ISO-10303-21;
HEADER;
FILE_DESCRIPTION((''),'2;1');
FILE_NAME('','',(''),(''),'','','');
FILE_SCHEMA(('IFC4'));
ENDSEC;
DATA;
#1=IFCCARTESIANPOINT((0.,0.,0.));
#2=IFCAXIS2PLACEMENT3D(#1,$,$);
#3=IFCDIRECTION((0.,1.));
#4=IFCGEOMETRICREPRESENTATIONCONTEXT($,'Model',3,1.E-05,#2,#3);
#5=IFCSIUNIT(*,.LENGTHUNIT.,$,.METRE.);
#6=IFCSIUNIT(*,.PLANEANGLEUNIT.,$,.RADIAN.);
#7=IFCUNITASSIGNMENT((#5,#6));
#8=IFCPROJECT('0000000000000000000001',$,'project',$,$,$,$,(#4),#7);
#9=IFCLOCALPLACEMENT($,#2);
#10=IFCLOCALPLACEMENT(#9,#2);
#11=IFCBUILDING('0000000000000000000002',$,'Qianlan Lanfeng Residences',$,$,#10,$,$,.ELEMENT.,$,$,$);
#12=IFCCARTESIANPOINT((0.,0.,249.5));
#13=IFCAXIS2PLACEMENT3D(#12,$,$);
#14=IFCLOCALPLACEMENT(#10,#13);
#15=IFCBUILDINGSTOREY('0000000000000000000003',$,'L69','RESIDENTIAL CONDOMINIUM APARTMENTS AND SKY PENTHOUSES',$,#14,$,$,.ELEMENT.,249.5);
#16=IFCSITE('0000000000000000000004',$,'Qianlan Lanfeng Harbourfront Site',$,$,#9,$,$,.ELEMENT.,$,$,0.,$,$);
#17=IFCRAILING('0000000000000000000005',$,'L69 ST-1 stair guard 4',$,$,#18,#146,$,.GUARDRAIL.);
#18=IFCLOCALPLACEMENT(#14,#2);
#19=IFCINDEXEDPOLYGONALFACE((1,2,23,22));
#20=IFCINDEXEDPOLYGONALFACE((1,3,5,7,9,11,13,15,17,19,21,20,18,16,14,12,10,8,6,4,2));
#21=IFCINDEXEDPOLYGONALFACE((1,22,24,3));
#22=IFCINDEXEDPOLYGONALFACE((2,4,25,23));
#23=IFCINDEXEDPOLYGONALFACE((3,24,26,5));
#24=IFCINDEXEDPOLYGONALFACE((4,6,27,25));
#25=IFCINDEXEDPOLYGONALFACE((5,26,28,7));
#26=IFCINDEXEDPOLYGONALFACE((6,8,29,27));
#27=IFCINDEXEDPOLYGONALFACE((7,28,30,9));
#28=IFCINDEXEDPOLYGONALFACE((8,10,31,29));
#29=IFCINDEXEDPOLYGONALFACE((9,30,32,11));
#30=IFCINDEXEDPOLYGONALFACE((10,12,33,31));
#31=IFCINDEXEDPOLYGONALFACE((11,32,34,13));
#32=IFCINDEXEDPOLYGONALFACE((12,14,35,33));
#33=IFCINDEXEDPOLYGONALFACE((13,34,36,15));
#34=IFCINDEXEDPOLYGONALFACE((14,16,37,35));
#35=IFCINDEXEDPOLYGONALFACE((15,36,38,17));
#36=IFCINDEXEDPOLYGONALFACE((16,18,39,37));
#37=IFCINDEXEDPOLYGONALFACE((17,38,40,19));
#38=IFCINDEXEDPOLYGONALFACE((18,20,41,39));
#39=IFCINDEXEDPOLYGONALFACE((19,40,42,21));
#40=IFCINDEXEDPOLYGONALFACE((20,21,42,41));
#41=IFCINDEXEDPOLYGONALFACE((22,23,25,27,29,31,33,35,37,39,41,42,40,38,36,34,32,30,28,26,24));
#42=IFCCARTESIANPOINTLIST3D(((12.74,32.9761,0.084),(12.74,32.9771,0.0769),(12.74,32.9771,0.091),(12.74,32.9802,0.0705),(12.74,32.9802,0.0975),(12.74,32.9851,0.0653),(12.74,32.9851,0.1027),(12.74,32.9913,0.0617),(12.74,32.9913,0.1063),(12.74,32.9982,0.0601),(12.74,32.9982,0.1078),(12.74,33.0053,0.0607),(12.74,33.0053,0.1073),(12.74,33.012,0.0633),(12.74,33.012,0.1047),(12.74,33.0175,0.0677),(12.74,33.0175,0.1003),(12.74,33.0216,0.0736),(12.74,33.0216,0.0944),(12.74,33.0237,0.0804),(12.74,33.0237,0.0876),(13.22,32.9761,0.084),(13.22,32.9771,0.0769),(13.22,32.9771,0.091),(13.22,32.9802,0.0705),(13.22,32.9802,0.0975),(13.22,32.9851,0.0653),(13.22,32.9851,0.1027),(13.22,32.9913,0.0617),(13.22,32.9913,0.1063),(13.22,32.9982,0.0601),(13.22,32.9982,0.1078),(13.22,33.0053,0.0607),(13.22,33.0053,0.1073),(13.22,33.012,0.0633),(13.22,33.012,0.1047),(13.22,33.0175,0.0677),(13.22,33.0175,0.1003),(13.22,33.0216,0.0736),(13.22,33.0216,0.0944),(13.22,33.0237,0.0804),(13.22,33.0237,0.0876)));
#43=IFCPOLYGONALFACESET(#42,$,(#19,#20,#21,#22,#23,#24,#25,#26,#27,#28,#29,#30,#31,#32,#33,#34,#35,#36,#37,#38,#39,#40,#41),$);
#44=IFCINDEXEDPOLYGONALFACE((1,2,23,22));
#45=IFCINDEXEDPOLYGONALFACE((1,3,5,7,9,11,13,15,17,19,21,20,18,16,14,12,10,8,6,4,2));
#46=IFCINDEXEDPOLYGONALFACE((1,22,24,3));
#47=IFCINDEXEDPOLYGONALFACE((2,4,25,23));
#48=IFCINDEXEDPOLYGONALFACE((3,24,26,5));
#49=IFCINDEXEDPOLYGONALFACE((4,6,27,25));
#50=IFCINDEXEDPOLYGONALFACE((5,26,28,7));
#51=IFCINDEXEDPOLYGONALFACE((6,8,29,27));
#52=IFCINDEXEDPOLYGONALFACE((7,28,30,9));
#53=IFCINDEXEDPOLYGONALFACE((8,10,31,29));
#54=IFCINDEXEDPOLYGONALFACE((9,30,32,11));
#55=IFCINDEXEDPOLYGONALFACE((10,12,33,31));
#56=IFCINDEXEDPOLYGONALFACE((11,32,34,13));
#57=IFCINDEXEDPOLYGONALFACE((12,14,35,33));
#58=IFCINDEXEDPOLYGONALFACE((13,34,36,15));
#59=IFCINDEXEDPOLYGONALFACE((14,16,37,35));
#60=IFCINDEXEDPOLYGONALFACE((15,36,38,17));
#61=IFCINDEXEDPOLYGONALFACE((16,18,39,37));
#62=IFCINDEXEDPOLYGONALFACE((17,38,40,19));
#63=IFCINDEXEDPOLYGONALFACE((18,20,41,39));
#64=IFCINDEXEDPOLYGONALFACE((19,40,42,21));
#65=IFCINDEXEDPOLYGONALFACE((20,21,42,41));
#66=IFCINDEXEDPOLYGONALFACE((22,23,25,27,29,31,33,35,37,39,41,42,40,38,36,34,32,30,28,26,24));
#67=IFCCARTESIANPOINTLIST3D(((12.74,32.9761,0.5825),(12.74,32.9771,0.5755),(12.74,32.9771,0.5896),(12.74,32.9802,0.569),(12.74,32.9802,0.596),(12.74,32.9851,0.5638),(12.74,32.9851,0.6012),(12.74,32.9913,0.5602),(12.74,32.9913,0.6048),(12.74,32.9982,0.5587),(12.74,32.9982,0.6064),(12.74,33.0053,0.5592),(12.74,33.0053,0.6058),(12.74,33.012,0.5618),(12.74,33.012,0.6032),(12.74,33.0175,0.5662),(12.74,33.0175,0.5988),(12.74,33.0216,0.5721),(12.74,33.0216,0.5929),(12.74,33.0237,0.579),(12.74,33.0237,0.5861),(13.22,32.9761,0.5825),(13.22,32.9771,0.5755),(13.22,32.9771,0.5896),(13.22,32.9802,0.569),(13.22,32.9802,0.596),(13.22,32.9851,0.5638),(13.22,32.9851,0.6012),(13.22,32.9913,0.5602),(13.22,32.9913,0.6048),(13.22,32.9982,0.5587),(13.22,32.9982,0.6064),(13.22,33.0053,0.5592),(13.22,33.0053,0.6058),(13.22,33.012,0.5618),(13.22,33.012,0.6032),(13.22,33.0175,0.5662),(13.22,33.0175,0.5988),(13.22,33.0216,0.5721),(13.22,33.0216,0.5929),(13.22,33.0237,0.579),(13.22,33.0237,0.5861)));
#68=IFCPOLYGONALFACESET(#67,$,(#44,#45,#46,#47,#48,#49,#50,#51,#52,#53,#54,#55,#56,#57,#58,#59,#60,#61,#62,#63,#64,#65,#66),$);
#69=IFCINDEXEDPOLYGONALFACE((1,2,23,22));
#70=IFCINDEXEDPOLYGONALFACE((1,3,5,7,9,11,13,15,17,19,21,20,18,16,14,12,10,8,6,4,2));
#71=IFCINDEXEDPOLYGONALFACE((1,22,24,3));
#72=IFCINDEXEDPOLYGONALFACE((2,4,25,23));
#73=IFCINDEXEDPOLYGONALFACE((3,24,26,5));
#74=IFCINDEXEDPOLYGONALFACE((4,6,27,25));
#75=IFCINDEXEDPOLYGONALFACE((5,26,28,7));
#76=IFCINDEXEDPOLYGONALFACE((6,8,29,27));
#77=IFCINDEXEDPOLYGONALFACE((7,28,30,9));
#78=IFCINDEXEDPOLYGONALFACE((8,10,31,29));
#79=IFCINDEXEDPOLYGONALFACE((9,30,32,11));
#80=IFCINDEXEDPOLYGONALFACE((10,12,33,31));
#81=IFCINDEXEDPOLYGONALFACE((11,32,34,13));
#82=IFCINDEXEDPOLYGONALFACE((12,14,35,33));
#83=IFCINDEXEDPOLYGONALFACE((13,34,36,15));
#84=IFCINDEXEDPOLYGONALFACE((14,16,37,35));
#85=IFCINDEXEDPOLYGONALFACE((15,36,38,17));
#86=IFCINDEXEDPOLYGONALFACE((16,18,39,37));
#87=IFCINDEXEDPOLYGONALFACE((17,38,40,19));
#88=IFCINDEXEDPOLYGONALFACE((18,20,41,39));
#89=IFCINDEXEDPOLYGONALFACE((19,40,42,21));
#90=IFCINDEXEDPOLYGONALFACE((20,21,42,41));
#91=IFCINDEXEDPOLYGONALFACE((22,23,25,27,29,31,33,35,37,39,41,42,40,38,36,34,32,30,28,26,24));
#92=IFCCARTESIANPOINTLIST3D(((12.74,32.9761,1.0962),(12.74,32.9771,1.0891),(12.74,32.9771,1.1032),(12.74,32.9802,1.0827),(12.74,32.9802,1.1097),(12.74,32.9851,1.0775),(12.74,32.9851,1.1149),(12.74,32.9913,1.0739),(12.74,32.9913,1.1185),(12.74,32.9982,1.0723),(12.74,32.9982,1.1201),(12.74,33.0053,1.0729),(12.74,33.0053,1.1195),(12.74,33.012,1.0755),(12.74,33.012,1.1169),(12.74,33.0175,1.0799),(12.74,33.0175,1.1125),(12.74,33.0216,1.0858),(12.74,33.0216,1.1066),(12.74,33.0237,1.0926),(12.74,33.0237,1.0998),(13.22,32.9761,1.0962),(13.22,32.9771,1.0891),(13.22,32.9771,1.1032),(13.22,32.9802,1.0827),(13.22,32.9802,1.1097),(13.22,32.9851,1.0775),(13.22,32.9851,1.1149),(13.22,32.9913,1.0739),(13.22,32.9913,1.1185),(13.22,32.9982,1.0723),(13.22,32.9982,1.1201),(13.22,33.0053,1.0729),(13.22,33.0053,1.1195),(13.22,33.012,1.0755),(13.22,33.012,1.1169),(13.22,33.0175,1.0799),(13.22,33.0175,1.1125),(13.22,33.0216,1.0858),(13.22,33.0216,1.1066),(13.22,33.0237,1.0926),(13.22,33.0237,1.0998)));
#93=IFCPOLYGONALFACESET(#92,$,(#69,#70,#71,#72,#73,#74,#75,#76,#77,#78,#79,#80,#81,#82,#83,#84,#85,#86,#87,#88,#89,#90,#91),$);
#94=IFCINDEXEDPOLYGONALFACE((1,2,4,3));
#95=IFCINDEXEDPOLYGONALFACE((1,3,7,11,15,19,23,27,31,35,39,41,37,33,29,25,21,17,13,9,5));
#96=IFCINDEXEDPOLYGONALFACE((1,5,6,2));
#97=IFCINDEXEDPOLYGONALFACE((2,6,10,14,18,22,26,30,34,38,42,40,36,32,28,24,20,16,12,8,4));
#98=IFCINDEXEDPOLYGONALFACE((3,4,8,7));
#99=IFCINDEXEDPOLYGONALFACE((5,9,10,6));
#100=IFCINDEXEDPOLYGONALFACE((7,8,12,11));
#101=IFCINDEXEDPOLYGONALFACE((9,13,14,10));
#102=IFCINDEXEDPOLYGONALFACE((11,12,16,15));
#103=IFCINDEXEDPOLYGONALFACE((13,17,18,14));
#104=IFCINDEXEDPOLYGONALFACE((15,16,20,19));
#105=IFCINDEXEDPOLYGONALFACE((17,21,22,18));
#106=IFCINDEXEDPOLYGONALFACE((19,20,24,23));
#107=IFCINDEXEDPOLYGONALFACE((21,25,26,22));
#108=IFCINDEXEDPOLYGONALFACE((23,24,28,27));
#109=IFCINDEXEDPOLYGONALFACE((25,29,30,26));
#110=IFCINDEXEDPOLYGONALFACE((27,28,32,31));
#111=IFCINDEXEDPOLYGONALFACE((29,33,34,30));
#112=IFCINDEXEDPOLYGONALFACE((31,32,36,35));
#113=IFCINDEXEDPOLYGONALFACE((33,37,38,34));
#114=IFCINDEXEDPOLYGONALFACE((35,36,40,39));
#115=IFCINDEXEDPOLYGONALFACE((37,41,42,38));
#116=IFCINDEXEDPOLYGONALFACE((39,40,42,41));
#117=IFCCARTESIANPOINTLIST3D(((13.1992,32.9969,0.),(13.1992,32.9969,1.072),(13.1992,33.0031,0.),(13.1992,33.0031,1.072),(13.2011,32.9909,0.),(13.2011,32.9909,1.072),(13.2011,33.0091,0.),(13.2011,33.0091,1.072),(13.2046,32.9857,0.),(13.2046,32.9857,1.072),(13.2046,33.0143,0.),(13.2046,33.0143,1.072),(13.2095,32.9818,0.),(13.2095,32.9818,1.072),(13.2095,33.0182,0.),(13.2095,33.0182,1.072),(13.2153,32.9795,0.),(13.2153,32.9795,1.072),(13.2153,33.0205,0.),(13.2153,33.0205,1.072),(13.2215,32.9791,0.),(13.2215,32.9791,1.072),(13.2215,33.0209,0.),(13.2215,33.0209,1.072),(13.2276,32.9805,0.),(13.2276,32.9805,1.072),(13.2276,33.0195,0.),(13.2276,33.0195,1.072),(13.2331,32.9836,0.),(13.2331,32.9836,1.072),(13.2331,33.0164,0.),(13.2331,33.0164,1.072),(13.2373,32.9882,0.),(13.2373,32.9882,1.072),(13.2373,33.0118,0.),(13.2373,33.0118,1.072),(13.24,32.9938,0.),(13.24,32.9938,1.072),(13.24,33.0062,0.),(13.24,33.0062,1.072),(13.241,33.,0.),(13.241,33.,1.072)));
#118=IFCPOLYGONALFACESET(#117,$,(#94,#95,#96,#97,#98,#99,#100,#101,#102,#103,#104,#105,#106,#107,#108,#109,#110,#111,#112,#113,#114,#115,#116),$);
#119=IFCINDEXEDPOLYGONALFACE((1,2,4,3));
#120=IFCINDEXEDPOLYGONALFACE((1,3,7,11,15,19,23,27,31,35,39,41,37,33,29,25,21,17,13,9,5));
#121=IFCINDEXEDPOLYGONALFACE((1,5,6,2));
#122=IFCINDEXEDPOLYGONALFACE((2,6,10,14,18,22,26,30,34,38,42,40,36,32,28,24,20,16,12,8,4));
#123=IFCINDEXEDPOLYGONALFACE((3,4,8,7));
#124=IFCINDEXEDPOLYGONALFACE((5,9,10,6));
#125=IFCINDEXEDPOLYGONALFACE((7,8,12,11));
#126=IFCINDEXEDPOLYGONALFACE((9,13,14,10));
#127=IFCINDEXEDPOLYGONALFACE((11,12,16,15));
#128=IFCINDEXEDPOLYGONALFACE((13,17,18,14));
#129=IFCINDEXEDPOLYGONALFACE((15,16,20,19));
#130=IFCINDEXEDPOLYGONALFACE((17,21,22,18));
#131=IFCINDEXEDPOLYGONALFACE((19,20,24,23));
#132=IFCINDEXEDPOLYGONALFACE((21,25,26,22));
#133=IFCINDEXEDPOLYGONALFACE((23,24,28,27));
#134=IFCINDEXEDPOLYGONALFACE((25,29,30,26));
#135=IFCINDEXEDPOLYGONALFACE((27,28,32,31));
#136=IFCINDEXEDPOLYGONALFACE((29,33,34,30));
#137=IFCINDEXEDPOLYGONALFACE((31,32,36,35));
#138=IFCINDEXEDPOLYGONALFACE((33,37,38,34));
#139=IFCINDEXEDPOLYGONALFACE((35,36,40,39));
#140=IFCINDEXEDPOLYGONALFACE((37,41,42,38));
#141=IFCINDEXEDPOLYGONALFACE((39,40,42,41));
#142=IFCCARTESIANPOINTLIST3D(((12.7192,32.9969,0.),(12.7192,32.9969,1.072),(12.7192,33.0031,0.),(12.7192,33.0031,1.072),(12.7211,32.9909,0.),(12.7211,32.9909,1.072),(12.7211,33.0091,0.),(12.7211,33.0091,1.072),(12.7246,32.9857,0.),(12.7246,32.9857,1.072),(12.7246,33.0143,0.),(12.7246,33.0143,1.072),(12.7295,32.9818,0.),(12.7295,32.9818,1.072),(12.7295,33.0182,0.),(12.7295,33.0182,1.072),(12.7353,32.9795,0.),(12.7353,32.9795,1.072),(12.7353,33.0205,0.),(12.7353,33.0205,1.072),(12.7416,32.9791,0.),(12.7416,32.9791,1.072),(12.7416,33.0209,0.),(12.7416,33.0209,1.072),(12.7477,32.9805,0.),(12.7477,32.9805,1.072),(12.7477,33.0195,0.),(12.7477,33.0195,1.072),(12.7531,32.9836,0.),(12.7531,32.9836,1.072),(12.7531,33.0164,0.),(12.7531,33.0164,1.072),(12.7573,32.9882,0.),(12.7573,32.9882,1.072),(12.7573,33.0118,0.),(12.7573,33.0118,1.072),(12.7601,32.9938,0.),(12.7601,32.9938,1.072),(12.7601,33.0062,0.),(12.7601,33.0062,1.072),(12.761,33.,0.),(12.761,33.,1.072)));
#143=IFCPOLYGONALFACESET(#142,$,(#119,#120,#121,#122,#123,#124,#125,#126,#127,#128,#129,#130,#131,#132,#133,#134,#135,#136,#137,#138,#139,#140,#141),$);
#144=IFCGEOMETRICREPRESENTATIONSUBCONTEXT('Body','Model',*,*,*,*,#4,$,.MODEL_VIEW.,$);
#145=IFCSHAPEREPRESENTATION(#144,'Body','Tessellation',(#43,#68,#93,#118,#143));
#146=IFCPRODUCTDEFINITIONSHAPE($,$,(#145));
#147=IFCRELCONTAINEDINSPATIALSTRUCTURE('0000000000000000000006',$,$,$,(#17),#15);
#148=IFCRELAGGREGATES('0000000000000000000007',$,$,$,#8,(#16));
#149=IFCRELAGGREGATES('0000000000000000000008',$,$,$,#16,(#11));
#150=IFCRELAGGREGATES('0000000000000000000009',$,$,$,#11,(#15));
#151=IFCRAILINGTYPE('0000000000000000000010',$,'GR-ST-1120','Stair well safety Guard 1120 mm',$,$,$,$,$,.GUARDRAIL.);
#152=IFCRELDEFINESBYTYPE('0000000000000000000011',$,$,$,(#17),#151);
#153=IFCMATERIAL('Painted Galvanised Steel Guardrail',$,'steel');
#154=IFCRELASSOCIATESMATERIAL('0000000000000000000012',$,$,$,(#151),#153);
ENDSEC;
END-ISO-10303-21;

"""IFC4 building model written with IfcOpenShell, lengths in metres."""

from ifc_helpers import new_model, si_unit, direction, frame, origin, origin_2d, place, context, subcontext, project, spatial, circle, extrude, material, type_object, element, save


model = new_model("IFC4")

# Units and contexts
model_context = context("Model", 3, precision=1e-05, world=origin(), true_north=direction((0.0, 1.0)))
body_context = subcontext(model_context, "Body", "Model", "MODEL_VIEW")
ifc_project = project(units=[si_unit("LENGTHUNIT", "METRE"), si_unit("PLANEANGLEUNIT", "RADIAN")], contexts=[model_context])

# Site, building, storey
site_placement = place(None, origin())
site = spatial("IfcSite", under=ifc_project, at=site_placement, Name="Qianlan Lanfeng Harbourfront Site", CompositionType="ELEMENT", RefElevation=0.0)
building_placement = place(site_placement, origin())
building = spatial("IfcBuilding", under=site, at=building_placement, Name="Qianlan Lanfeng Residences", CompositionType="ELEMENT")
storey_placement = place(building_placement, frame((0.0, 0.0, 249.5)))
storey = spatial("IfcBuildingStorey", under=building, at=storey_placement, Name="L69", Description="RESIDENTIAL CONDOMINIUM APARTMENTS AND SKY PENTHOUSES", CompositionType="ELEMENT", Elevation=249.5)

# Railing
ifc_material_1 = material(Name="Painted Galvanised Steel Guardrail", Category="steel")
railing_type_1 = type_object("IfcRailingType", Name="GR-ST-1120", Description="Stair well safety Guard 1120 mm", PredefinedType="GUARDRAIL", material=ifc_material_1)
railing_1_placement = place(storey_placement, frame((13.22, 33.0, 0.0)))
element("IfcRailing", 1, at=railing_1_placement, inside=storey, type_object=railing_type_1, Name="L69 ST-1 stair guard 4", PredefinedType="GUARDRAIL", context=body_context, shape_type="SweptSolid", body=[
    extrude(circle(Radius=0.0239, at=origin_2d()), frame((0.0, 0.0, 0.084), z_axis=(-1.0, 0.0, 0.0), x_axis=(0.0, -1.0, 0.0)), (0.0, 0.0, 1.0), 0.48),
    extrude(circle(Radius=0.0239, at=origin_2d()), frame((0.0, 0.0, 0.5825), z_axis=(-1.0, 0.0, 0.0), x_axis=(0.0, -1.0, 0.0)), (0.0, 0.0, 1.0), 0.48),
    extrude(circle(Radius=0.0239, at=origin_2d()), frame((0.0, 0.0, 1.0962), z_axis=(-1.0, 0.0, 0.0), x_axis=(0.0, -1.0, 0.0)), (0.0, 0.0, 1.0), 0.48),
    extrude(circle(Radius=0.021, at=origin_2d()), origin(), (0.0, 0.0, 1.0), 1.072),
    extrude(circle(Radius=0.021, at=origin_2d()), frame((-0.48, 0.0, 0.0)), (0.0, 0.0, 1.0), 1.072),
])

save(model, "model.ifc")
